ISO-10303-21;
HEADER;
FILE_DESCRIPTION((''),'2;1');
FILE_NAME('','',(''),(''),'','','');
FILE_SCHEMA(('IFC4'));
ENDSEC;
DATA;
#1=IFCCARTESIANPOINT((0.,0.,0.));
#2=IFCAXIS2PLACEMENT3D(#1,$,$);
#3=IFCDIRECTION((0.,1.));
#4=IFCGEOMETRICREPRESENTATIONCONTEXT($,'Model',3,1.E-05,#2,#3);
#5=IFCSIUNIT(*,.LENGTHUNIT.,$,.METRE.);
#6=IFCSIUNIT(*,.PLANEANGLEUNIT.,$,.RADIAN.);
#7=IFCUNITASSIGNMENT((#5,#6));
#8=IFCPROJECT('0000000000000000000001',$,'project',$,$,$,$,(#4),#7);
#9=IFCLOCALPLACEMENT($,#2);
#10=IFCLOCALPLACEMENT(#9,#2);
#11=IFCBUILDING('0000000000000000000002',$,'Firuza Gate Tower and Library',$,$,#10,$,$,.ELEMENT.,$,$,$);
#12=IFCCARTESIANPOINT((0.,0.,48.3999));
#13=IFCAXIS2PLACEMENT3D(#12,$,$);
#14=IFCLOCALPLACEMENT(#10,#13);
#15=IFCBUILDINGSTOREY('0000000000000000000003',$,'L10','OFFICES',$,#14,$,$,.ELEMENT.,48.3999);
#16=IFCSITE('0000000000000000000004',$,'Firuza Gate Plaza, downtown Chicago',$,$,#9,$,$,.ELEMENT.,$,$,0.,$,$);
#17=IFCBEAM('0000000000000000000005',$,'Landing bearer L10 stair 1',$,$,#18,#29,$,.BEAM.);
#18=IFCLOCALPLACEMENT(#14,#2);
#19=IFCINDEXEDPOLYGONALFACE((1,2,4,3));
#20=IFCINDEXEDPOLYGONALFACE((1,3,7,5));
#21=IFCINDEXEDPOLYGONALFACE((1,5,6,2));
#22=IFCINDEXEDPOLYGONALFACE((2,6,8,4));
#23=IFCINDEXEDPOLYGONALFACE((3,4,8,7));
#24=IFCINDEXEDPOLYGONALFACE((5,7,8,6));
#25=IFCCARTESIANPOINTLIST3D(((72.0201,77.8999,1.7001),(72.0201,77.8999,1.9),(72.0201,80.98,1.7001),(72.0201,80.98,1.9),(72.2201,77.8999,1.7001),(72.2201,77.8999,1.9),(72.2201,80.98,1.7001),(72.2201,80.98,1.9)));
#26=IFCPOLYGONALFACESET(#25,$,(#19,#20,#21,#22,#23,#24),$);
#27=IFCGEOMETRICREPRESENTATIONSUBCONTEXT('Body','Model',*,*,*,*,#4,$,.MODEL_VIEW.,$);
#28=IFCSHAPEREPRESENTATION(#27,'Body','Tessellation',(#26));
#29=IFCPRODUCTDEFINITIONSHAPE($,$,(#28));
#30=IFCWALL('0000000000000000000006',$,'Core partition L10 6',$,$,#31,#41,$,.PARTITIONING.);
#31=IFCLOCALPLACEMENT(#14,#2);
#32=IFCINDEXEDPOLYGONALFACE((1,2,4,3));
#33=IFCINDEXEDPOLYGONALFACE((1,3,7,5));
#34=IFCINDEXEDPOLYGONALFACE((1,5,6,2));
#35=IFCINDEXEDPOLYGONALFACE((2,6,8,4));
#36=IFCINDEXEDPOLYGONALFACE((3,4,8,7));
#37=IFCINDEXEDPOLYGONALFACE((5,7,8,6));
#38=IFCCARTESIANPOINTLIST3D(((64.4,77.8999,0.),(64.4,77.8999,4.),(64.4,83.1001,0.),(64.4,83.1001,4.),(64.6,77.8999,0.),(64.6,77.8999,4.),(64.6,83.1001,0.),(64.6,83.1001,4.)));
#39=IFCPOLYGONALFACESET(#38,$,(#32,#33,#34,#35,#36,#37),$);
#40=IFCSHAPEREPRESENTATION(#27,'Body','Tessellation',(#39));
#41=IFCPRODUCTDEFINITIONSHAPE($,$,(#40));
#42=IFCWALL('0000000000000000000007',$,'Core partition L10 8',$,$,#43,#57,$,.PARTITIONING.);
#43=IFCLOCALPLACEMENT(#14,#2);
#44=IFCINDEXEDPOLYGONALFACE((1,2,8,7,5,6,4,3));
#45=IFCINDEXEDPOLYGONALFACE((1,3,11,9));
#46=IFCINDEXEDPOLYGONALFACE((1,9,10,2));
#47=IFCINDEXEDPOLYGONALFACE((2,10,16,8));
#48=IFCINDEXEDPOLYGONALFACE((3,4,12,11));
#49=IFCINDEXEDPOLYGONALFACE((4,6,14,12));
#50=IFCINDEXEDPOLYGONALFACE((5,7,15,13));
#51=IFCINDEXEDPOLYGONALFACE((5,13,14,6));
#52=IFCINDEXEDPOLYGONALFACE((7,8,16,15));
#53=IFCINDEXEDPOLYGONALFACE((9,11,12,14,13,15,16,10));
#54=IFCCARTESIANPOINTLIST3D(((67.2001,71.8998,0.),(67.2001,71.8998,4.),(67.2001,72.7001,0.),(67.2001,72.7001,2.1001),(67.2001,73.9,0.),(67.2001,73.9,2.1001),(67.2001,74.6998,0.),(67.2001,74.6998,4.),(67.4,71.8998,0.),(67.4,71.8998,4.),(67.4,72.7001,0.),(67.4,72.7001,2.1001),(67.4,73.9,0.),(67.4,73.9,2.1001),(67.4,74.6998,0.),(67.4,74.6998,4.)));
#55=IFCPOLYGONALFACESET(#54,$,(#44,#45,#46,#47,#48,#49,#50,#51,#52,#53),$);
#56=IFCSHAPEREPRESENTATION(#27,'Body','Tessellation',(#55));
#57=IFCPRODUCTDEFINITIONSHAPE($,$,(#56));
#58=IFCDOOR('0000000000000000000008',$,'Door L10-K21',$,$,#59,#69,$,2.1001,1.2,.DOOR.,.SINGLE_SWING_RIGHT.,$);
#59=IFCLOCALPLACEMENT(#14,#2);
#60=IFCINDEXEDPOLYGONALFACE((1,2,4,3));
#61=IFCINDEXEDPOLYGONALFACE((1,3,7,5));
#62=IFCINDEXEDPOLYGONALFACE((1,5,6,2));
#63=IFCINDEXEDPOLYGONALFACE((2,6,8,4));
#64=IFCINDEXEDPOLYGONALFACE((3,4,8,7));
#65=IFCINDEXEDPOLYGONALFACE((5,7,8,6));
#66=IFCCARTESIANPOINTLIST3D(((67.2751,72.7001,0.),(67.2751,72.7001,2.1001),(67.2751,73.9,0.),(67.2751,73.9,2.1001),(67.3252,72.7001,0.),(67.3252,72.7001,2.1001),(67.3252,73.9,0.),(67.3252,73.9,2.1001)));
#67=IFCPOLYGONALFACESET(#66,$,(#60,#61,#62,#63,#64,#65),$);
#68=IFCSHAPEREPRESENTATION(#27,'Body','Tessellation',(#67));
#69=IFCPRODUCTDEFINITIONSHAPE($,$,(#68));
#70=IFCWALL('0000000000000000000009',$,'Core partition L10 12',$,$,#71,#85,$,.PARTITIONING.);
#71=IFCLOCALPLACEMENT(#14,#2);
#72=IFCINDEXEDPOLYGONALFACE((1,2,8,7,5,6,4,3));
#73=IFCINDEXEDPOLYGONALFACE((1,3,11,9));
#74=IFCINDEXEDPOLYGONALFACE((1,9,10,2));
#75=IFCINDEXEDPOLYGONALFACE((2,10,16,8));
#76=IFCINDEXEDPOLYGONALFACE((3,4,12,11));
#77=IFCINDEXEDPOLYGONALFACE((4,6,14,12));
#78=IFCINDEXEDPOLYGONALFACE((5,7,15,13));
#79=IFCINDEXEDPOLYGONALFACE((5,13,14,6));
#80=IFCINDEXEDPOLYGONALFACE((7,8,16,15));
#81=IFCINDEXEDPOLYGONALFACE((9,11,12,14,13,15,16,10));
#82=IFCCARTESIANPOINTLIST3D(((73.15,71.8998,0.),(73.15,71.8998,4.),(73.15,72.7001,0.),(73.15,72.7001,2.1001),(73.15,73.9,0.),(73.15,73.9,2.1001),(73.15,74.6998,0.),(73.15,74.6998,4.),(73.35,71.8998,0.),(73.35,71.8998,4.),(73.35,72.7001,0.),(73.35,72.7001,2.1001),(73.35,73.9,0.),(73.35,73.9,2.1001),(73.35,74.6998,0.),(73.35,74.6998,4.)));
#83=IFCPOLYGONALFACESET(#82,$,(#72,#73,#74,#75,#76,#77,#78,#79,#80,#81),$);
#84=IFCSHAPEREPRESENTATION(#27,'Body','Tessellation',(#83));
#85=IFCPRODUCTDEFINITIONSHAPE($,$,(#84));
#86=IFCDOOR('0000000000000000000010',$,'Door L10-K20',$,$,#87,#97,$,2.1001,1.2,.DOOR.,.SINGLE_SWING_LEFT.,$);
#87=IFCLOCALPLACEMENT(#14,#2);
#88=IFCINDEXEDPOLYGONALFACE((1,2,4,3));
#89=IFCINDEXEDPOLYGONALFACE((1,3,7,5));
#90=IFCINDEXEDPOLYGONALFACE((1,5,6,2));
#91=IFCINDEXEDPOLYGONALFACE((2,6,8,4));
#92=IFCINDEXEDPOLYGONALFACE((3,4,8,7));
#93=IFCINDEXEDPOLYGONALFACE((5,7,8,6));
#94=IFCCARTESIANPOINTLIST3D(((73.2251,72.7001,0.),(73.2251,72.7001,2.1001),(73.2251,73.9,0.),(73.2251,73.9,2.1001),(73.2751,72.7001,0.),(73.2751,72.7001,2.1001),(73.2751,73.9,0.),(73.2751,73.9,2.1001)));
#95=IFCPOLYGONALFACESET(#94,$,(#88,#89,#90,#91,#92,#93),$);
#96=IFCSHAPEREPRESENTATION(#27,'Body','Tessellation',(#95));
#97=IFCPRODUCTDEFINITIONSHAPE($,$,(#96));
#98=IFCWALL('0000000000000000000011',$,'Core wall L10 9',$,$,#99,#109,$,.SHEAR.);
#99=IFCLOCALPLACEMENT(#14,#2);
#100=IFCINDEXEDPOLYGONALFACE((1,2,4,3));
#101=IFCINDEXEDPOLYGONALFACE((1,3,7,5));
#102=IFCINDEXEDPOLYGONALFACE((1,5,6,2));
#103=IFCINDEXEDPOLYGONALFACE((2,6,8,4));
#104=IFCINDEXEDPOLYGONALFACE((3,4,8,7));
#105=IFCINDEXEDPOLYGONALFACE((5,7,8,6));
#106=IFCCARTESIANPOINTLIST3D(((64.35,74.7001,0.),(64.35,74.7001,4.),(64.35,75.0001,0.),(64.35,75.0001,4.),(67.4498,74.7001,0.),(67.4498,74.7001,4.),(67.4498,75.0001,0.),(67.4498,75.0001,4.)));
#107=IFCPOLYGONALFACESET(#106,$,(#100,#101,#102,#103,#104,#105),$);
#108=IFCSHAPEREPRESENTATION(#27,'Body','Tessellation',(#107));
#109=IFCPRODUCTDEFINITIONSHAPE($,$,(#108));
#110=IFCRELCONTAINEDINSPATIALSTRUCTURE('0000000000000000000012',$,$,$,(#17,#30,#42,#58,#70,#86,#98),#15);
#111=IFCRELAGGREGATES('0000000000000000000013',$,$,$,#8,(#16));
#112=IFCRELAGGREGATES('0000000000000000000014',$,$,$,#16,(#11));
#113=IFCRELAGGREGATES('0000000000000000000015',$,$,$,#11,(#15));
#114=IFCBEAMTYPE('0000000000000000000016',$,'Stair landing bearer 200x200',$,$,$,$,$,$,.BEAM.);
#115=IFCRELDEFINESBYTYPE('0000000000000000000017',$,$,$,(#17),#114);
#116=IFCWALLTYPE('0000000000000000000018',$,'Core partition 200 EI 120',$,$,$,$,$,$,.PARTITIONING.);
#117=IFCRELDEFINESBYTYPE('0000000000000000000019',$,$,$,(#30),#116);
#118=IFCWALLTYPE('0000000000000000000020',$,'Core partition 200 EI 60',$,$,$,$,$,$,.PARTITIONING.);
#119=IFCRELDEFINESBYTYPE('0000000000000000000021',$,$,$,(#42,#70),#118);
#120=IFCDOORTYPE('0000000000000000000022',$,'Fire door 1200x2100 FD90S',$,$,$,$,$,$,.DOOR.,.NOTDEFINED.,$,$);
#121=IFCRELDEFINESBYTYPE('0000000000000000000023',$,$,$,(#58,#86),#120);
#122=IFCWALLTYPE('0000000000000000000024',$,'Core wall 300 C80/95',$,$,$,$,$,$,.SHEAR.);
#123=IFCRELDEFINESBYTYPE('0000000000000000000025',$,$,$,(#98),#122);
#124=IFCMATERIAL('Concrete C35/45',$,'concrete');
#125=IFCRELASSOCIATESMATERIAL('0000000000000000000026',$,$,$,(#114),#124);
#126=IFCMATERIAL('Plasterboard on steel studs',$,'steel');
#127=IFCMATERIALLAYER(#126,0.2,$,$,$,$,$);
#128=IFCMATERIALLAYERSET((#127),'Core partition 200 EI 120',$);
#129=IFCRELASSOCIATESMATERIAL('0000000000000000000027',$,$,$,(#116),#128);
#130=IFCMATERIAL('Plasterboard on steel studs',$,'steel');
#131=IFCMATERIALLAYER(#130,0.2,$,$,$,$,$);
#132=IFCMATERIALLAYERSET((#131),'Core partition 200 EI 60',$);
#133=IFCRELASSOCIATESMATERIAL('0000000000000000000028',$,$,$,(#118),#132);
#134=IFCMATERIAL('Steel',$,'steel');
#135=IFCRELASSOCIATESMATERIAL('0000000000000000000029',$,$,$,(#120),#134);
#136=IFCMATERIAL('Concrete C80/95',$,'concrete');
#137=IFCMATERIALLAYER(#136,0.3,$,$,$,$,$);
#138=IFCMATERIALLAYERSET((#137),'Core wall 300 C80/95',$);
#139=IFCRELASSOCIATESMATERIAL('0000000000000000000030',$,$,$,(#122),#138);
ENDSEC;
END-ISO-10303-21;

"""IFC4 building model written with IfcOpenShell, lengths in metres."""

from ifc_helpers import new_model, si_unit, direction, frame, frame_2d, origin, origin_2d, place, context, subcontext, project, spatial, rectangle, extrude, material, layer, layer_set, material_profile, profile_set, type_object, element, fill, save


model = new_model("IFC4")

# Units and contexts
model_context = context("Model", 3, precision=1e-05, world=origin(), true_north=direction((0.0, 1.0)))
body_context = subcontext(model_context, "Body", "Model", "MODEL_VIEW")
ifc_project = project(units=[si_unit("LENGTHUNIT", "METRE"), si_unit("PLANEANGLEUNIT", "RADIAN")], contexts=[model_context])

# Site, building, storey
site_placement = place(None, origin())
site = spatial("IfcSite", under=ifc_project, at=site_placement, Name="Firuza Gate Plaza, downtown Chicago", CompositionType="ELEMENT", RefElevation=0.0)
building_placement = place(site_placement, origin())
building = spatial("IfcBuilding", under=site, at=building_placement, Name="Firuza Gate Tower and Library", CompositionType="ELEMENT")
storey_placement = place(building_placement, frame((0.0, 0.0, 48.3999)))
storey = spatial("IfcBuildingStorey", under=building, at=storey_placement, Name="L10", Description="OFFICES", CompositionType="ELEMENT", Elevation=48.3999)

# Beam
ifc_material_1 = material(Name="Concrete C35/45", Category="concrete")
ifc_material_profile = material_profile(ifc_material_1, rectangle(XDim=0.2, YDim=0.2, at=origin_2d()))
ifc_profile_set = profile_set([ifc_material_profile], Name="Concrete C35/45")
beam_type = type_object("IfcBeamType", Name="Stair landing bearer 200x200", PredefinedType="BEAM", material=ifc_profile_set)
beam_placement = place(storey_placement, frame((72.1201, 77.8999, 1.8), z_axis=(0.0, 1.0, 0.0), x_axis=(-1.0, 0.0, 0.0)))
element("IfcBeam", 1, at=beam_placement, inside=storey, type_object=beam_type, Name="Landing bearer L10 stair 1", PredefinedType="BEAM", context=body_context, shape_type="SweptSolid", body=[
    extrude(rectangle(XDim=0.2, YDim=0.2, at=origin_2d()), origin(), (0.0, 0.0, 1.0), 3.0801),
])

# Wall
ifc_material_2 = material(Name="Plasterboard on steel studs", Category="steel")
ifc_layer_1 = layer(ifc_material_2, 0.2)
ifc_layer_set_1 = layer_set([ifc_layer_1], Name="Core partition 200 EI 120")
wall_type_1 = type_object("IfcWallType", Name="Core partition 200 EI 120", PredefinedType="PARTITIONING", material=ifc_layer_set_1)
wall_1_placement = place(storey_placement, frame((64.5, 77.8999, 0.0), z_axis=(0.0, 0.0, 1.0), x_axis=(0.0, 1.0, 0.0)))
element("IfcWall", 2, at=wall_1_placement, inside=storey, type_object=wall_type_1, Name="Core partition L10 6", PredefinedType="PARTITIONING", context=body_context, shape_type="SweptSolid", body=[
    extrude(rectangle(XDim=5.2002, YDim=0.2, at=frame_2d((2.6001, 0.0))), origin(), (0.0, 0.0, 1.0), 4.0),
])

# Walls, openings, doors
ifc_material_3 = material(Name="Plasterboard on steel studs", Category="steel")
ifc_layer_2 = layer(ifc_material_3, 0.2)
ifc_layer_set_2 = layer_set([ifc_layer_2], Name="Core partition 200 EI 60")
wall_type_2 = type_object("IfcWallType", Name="Core partition 200 EI 60", PredefinedType="PARTITIONING", material=ifc_layer_set_2)
wall_2_placement = place(storey_placement, frame((67.3, 71.8999, 0.0), z_axis=(0.0, 0.0, 1.0), x_axis=(0.0, 1.0, 0.0)))
wall_2 = element("IfcWall", 3, at=wall_2_placement, inside=storey, type_object=wall_type_2, Name="Core partition L10 8", PredefinedType="PARTITIONING", context=body_context, shape_type="SweptSolid", body=[
    extrude(rectangle(XDim=2.8, YDim=0.2, at=frame_2d((1.3999, 0.0))), origin(), (0.0, 0.0, 1.0), 4.0),
])
opening_1_placement = place(wall_2_placement, frame((0.8, 0.0, 0.0)))
opening_1 = element("IfcOpeningElement", 4, at=opening_1_placement, cuts=wall_2, PredefinedType="OPENING", context=body_context, shape_type="SweptSolid", body=[
    extrude(rectangle(XDim=1.2, YDim=2.1001, at=frame_2d((0.6001, 1.05))), frame((0.0, 0.1099, 0.0), z_axis=(0.0, -1.0, 0.0), x_axis=(1.0, 0.0, 0.0)), (0.0, 0.0, 1.0), 0.22),
])
ifc_material_4 = material(Name="Steel", Category="steel")
door_type_1 = type_object("IfcDoorType", Name="Fire door 1200x2100 FD90S", OperationType="NOTDEFINED", PredefinedType="DOOR", material=ifc_material_4)
door_1_placement = place(opening_1_placement, origin())
door_1 = element("IfcDoor", 5, at=door_1_placement, inside=storey, type_object=door_type_1, Name="Door L10-K21", OperationType="SINGLE_SWING_RIGHT", OverallHeight=2.1001, OverallWidth=1.2, PredefinedType="DOOR", context=body_context, shape_type="SweptSolid", body=[
    extrude(rectangle(XDim=1.2, YDim=2.1001, at=frame_2d((0.6001, 1.05))), frame((0.0, 0.0249, 0.0), z_axis=(0.0, -1.0, 0.0), x_axis=(1.0, 0.0, 0.0)), (0.0, 0.0, 1.0), 0.05),
])
fill(opening_1, door_1)
wall_3_placement = place(storey_placement, frame((73.25, 71.8999, 0.0), z_axis=(0.0, 0.0, 1.0), x_axis=(0.0, 1.0, 0.0)))
wall_3 = element("IfcWall", 6, at=wall_3_placement, inside=storey, type_object=wall_type_2, Name="Core partition L10 12", PredefinedType="PARTITIONING", context=body_context, shape_type="SweptSolid", body=[
    extrude(rectangle(XDim=2.8, YDim=0.2, at=frame_2d((1.3999, 0.0))), origin(), (0.0, 0.0, 1.0), 4.0),
])
opening_2_placement = place(wall_3_placement, frame((0.8, 0.0, 0.0)))
opening_2 = element("IfcOpeningElement", 7, at=opening_2_placement, cuts=wall_3, PredefinedType="OPENING", context=body_context, shape_type="SweptSolid", body=[
    extrude(rectangle(XDim=1.2, YDim=2.1001, at=frame_2d((0.6001, 1.05))), frame((0.0, 0.1099, 0.0), z_axis=(0.0, -1.0, 0.0), x_axis=(1.0, 0.0, 0.0)), (0.0, 0.0, 1.0), 0.22),
])
door_2_placement = place(opening_2_placement, origin())
door_2 = element("IfcDoor", 8, at=door_2_placement, inside=storey, type_object=door_type_1, Name="Door L10-K20", OperationType="SINGLE_SWING_LEFT", OverallHeight=2.1001, OverallWidth=1.2, PredefinedType="DOOR", context=body_context, shape_type="SweptSolid", body=[
    extrude(rectangle(XDim=1.2, YDim=2.1001, at=frame_2d((0.6001, 1.05))), frame((0.0, 0.0249, 0.0), z_axis=(0.0, -1.0, 0.0), x_axis=(1.0, 0.0, 0.0)), (0.0, 0.0, 1.0), 0.05),
])
fill(opening_2, door_2)

# Wall
ifc_material_5 = material(Name="Concrete C80/95", Category="concrete")
ifc_layer_3 = layer(ifc_material_5, 0.3)
ifc_layer_set_3 = layer_set([ifc_layer_3], Name="Core wall 300 C80/95")
wall_type_3 = type_object("IfcWallType", Name="Core wall 300 C80/95", PredefinedType="SHEAR", material=ifc_layer_set_3)
wall_4_placement = place(storey_placement, frame((64.3501, 74.8501, 0.0), z_axis=(0.0, 0.0, 1.0), x_axis=(1.0, 0.0, 0.0)))
element("IfcWall", 9, at=wall_4_placement, inside=storey, type_object=wall_type_3, Name="Core wall L10 9", PredefinedType="SHEAR", context=body_context, shape_type="SweptSolid", body=[
    extrude(rectangle(XDim=3.0999, YDim=0.3, at=frame_2d((1.5498, 0.0))), origin(), (0.0, 0.0, 1.0), 4.0),
])

save(model, "model.ifc")
